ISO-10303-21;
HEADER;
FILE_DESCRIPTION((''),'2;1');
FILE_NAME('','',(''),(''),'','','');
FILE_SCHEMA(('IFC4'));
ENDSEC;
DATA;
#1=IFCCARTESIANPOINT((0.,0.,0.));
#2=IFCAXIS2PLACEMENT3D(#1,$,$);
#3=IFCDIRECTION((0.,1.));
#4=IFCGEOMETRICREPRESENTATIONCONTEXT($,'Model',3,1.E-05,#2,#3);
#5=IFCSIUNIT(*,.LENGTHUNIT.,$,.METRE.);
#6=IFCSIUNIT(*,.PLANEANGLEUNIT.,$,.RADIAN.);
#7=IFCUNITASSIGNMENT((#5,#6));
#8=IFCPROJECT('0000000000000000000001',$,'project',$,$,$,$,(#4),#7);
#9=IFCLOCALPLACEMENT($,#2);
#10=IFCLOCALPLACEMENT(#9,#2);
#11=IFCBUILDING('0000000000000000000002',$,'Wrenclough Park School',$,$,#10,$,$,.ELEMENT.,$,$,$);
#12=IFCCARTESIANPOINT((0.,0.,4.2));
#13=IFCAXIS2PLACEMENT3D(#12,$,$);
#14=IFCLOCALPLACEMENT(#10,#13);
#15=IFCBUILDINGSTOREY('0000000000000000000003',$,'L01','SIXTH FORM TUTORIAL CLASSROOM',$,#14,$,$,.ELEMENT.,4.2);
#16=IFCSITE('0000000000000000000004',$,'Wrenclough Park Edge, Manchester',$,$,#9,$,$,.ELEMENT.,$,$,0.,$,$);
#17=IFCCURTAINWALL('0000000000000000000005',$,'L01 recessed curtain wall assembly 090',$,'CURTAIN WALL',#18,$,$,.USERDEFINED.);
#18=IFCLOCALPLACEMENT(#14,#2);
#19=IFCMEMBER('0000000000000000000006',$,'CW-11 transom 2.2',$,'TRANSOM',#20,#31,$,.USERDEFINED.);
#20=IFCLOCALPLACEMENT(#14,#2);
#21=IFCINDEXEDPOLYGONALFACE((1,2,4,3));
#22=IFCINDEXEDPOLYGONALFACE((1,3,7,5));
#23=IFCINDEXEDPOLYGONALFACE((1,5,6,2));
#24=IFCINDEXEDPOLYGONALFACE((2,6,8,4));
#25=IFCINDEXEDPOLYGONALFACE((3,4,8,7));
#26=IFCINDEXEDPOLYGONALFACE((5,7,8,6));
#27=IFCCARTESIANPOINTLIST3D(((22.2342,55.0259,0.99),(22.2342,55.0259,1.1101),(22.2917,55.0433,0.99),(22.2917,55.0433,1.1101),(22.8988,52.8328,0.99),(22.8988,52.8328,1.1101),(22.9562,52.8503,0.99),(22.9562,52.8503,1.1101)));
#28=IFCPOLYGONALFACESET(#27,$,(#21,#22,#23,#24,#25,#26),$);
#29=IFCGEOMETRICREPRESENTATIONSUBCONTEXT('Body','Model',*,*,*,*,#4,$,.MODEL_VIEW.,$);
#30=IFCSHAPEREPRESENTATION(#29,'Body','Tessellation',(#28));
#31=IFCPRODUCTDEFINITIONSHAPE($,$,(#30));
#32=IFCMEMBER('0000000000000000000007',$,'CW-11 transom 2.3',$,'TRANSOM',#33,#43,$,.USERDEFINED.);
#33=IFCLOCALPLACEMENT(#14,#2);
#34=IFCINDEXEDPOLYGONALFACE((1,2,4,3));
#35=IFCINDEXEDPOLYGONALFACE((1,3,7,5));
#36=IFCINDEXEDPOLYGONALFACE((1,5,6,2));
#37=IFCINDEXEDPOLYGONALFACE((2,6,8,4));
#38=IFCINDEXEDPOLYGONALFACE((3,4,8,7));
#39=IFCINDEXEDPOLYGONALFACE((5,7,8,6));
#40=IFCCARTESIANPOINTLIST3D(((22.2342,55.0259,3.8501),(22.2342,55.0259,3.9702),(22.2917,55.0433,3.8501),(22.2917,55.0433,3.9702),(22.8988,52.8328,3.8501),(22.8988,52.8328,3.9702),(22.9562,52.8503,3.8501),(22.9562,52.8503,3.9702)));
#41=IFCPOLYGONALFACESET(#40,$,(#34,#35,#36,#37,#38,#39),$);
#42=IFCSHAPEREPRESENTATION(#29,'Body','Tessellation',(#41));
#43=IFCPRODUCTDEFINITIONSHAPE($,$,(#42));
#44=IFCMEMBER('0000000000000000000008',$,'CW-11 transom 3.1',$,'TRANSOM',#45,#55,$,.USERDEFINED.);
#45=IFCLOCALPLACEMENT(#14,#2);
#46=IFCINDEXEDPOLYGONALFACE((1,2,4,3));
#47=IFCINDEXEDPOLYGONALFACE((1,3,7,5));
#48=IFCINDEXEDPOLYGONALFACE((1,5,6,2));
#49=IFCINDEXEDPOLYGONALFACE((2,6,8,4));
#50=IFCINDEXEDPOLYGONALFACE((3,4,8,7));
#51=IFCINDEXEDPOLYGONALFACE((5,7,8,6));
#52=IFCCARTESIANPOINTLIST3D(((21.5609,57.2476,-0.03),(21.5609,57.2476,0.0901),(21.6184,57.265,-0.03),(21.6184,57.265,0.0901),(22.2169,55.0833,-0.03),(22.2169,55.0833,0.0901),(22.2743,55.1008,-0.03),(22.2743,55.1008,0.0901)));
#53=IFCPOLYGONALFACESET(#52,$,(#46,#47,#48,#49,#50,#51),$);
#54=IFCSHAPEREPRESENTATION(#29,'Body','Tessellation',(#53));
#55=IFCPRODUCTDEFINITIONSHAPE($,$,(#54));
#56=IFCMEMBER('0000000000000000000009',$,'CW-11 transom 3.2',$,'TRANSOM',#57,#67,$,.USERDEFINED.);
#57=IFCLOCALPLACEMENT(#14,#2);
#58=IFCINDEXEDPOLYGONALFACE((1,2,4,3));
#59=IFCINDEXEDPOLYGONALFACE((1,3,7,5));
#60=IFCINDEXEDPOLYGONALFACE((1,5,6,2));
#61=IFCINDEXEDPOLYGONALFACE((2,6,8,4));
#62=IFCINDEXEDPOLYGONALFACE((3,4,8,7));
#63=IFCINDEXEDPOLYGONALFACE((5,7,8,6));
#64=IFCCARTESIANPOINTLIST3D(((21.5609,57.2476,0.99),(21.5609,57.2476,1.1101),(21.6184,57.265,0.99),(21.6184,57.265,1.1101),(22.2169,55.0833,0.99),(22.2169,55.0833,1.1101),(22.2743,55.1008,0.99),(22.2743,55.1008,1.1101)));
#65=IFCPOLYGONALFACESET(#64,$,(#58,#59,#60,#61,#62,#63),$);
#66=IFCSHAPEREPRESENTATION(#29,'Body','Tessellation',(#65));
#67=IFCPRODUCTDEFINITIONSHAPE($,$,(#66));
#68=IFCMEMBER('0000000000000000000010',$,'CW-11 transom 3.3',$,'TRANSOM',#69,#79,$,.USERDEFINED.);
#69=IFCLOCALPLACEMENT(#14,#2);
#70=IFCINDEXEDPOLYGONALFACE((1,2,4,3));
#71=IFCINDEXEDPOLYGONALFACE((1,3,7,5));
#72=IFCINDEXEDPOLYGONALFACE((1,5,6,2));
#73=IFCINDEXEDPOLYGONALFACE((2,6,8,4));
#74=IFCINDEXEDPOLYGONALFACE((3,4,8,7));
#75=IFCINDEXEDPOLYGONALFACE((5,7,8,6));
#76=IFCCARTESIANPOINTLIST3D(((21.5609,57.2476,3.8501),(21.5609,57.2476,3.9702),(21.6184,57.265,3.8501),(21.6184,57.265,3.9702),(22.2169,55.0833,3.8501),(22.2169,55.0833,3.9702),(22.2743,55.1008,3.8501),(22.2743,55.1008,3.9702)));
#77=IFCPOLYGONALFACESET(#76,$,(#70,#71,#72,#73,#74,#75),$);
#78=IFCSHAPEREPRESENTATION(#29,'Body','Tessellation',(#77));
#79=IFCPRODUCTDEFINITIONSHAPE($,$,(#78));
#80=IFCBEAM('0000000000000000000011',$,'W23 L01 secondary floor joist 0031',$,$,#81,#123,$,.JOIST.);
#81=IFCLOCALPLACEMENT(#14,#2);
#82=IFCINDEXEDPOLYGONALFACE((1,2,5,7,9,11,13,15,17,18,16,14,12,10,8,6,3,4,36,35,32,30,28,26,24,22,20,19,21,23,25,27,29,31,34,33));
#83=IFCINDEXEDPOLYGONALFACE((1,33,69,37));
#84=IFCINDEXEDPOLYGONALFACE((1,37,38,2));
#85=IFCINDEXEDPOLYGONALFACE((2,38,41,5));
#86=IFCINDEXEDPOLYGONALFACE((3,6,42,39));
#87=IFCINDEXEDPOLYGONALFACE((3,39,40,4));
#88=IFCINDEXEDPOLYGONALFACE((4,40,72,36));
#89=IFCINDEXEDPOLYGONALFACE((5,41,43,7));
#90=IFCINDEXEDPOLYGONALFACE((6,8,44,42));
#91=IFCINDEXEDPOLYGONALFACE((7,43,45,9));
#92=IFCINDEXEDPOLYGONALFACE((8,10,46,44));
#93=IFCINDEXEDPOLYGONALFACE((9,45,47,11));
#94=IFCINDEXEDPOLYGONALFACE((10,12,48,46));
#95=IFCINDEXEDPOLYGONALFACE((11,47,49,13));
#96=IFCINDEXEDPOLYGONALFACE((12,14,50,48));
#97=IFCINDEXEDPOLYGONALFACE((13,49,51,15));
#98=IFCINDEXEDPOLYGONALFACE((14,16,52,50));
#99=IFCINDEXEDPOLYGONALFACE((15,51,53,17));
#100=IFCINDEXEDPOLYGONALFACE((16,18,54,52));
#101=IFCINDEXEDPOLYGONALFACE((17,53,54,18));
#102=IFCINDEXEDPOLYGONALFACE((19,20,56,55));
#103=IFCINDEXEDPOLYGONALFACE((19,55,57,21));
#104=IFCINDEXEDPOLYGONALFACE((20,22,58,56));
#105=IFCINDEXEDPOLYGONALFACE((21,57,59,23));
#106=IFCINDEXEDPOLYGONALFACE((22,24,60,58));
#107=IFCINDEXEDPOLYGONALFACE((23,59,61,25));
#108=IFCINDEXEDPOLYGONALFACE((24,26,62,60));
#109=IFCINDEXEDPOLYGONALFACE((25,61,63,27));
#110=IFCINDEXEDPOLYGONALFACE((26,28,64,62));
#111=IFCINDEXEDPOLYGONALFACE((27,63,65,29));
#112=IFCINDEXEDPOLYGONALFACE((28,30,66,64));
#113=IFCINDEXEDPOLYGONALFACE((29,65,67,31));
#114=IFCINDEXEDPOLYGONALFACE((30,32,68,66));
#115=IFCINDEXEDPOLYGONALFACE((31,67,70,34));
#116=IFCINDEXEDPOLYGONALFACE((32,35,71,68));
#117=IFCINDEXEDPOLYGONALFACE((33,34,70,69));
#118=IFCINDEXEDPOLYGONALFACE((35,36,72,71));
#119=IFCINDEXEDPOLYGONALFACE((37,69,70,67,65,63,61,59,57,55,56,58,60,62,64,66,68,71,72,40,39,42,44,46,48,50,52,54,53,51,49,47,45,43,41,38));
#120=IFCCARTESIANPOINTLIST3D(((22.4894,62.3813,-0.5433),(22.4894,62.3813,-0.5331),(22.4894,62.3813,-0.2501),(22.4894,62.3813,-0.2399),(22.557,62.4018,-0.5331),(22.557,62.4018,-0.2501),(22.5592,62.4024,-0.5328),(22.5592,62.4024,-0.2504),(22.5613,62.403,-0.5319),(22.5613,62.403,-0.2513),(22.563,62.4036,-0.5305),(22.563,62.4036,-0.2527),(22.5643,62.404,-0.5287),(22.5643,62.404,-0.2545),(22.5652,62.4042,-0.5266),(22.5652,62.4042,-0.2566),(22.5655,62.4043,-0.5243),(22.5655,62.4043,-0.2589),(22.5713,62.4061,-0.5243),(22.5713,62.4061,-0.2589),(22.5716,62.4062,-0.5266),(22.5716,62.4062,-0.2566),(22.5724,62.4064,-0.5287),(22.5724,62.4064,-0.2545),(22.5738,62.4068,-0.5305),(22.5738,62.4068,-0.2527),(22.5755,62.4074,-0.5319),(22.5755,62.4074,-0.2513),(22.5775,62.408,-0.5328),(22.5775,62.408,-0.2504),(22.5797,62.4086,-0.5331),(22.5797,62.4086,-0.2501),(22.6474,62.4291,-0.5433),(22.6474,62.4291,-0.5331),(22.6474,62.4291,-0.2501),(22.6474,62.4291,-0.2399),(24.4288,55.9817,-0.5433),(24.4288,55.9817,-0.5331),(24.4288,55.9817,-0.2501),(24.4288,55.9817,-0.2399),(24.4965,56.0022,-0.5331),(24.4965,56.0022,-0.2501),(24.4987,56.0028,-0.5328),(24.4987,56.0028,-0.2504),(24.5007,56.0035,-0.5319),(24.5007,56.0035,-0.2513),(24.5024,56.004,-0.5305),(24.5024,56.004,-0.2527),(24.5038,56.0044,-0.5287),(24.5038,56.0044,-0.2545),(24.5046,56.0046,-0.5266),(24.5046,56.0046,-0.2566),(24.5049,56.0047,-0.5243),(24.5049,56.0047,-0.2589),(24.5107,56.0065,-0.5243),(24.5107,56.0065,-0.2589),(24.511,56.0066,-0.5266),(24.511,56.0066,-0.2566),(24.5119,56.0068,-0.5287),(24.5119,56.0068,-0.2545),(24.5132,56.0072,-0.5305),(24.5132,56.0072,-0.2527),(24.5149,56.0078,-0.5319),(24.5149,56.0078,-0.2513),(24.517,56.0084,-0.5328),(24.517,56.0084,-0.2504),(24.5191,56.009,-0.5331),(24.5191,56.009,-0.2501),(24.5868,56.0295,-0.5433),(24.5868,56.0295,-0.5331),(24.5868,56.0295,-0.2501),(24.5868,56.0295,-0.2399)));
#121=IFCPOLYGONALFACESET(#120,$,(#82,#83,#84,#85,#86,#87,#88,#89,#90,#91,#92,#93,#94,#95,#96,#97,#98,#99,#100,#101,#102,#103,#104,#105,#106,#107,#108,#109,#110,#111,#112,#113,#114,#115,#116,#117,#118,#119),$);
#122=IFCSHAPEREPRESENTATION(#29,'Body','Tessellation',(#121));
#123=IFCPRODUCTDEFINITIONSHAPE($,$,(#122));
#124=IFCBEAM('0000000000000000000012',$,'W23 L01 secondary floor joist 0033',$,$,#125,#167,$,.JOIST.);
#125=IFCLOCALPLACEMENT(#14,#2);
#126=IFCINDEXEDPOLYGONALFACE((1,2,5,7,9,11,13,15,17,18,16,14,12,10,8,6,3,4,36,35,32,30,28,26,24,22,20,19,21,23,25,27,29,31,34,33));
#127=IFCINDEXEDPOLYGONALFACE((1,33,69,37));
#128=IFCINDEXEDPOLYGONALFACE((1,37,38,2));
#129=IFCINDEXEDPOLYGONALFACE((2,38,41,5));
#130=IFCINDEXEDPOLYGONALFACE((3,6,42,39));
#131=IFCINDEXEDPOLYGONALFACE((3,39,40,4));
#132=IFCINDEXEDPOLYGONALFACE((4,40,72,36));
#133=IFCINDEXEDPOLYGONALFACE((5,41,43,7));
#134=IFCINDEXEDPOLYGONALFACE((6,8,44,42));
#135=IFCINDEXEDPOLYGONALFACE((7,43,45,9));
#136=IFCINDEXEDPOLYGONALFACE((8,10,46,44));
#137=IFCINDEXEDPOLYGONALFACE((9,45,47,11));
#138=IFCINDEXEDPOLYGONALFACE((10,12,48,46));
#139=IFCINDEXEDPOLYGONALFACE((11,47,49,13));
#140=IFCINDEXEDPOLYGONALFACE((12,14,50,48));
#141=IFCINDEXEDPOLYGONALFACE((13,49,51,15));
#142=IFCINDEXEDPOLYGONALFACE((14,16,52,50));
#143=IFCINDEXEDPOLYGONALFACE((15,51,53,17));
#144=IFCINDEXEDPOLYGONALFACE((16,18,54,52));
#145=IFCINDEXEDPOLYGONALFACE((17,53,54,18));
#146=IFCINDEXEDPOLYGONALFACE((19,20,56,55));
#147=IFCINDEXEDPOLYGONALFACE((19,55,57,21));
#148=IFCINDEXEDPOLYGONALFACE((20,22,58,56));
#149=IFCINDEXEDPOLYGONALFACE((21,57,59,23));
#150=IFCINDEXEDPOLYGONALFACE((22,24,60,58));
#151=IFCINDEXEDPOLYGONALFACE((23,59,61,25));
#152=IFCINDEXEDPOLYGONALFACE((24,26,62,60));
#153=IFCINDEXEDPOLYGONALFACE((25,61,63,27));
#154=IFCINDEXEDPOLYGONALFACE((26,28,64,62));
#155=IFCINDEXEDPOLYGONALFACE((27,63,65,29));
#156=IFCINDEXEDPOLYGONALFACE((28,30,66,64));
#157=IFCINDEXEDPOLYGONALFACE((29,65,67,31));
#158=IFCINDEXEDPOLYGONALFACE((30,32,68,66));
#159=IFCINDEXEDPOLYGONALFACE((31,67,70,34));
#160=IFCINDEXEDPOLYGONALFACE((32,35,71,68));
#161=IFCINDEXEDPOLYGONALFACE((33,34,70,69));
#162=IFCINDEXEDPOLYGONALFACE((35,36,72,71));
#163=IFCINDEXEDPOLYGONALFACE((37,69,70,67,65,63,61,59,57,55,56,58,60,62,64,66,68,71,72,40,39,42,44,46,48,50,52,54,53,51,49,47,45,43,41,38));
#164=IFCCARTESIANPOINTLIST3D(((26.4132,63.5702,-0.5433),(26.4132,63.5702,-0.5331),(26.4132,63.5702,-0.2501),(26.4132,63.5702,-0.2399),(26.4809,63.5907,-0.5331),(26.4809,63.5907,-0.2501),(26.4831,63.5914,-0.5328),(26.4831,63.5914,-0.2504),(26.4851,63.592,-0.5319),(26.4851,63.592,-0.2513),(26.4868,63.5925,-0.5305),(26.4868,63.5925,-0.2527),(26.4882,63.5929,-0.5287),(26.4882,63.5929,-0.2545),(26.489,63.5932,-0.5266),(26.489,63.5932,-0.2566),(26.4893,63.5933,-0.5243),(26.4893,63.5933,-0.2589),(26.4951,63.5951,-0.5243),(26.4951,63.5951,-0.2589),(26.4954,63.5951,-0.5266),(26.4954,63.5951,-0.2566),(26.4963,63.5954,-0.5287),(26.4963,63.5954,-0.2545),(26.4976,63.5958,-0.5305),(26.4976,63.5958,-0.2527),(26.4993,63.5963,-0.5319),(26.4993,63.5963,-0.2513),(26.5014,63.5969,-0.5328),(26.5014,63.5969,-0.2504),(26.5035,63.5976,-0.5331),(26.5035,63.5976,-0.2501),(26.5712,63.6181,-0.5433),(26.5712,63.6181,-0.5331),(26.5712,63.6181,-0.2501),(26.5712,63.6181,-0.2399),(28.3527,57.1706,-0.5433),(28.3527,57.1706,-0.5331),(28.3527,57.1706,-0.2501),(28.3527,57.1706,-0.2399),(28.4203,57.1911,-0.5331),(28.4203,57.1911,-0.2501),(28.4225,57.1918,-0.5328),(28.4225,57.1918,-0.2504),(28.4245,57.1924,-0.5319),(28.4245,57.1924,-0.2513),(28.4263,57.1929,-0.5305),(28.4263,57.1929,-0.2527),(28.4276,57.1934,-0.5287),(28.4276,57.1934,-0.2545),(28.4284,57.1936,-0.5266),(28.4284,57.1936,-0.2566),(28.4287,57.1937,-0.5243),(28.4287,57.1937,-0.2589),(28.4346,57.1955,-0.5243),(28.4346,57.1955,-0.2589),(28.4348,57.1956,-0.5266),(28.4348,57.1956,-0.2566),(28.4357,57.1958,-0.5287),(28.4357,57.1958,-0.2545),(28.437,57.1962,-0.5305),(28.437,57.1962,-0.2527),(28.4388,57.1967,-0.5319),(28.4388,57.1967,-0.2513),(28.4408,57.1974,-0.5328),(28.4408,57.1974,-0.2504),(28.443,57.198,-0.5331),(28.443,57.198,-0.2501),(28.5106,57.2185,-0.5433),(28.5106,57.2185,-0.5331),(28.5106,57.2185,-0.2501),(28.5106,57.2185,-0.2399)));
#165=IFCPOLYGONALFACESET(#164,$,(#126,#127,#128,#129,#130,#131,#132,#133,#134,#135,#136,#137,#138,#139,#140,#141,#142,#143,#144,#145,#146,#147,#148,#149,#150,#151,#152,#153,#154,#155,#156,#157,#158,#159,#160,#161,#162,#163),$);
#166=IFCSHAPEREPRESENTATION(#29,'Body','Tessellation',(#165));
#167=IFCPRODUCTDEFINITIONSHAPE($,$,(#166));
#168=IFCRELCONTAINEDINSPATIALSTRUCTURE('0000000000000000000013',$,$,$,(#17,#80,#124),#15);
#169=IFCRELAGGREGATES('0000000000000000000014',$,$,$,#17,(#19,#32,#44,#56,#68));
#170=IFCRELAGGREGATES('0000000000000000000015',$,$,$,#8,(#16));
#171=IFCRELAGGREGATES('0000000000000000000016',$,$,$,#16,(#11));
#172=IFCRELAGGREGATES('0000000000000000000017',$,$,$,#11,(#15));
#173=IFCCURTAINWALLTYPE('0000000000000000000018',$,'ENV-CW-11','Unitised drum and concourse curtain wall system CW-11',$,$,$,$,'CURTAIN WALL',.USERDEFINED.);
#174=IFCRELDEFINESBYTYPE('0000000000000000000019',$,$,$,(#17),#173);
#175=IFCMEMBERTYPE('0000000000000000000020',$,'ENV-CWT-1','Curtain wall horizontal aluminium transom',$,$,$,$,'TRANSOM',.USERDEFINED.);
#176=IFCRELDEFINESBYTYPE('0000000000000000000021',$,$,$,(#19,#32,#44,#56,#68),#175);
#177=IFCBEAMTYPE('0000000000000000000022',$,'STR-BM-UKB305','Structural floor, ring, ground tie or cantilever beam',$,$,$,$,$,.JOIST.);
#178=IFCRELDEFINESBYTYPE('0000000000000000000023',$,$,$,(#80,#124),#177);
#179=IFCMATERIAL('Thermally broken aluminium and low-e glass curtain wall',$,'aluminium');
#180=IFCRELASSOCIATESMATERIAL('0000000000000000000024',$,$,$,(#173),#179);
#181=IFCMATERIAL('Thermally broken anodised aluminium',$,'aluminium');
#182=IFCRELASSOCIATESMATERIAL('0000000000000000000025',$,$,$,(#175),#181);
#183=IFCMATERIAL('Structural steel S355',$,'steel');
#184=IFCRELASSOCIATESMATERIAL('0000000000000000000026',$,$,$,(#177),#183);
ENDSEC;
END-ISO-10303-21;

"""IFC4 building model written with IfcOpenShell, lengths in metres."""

from ifc_helpers import new_model, si_unit, direction, frame, origin, origin_2d, place, context, subcontext, project, spatial, rectangle, i_section, extrude, material, material_profile, profile_set, type_object, element, aggregate, save


model = new_model("IFC4")

# Units and contexts
model_context = context("Model", 3, precision=1e-05, world=origin(), true_north=direction((0.0, 1.0)))
body_context = subcontext(model_context, "Body", "Model", "MODEL_VIEW")
ifc_project = project(units=[si_unit("LENGTHUNIT", "METRE"), si_unit("PLANEANGLEUNIT", "RADIAN")], contexts=[model_context])

# Site, building, storey
site_placement = place(None, origin())
site = spatial("IfcSite", under=ifc_project, at=site_placement, Name="Wrenclough Park Edge, Manchester", CompositionType="ELEMENT", RefElevation=0.0)
building_placement = place(site_placement, origin())
building = spatial("IfcBuilding", under=site, at=building_placement, Name="Wrenclough Park School", CompositionType="ELEMENT")
storey_placement = place(building_placement, frame((0.0, 0.0, 4.2)))
storey = spatial("IfcBuildingStorey", under=building, at=storey_placement, Name="L01", Description="SIXTH FORM TUTORIAL CLASSROOM", CompositionType="ELEMENT", Elevation=4.2)

# Shared definitions
ifc_material_1 = material(Name="Structural steel S355", Category="steel")

# Curtain wall
ifc_material_2 = material(Name="Thermally broken aluminium and low-e glass curtain wall", Category="aluminium")
curtain_wall_type_1 = type_object("IfcCurtainWallType", Name="ENV-CW-11", Description="Unitised drum and concourse curtain wall system CW-11", ElementType="CURTAIN WALL", PredefinedType="USERDEFINED", material=ifc_material_2)
curtain_wall_1_placement = place(storey_placement, origin())
curtain_wall_1 = element("IfcCurtainWall", 1, at=curtain_wall_1_placement, inside=storey, type_object=curtain_wall_type_1, Name="L01 recessed curtain wall assembly 090", ObjectType="CURTAIN WALL", PredefinedType="USERDEFINED")
ifc_material_3 = material(Name="Thermally broken anodised aluminium", Category="aluminium")

# Members
ifc_material_profile_1 = material_profile(ifc_material_3, rectangle(XDim=0.0601, YDim=0.1201, at=origin_2d()), Name="AL TRANSOM 60x120")
ifc_profile_set_1 = profile_set([ifc_material_profile_1], Name="Thermally broken anodised aluminium")
member_type_1 = type_object("IfcMemberType", Name="ENV-CWT-1", Description="Curtain wall horizontal aluminium transom", ElementType="TRANSOM", PredefinedType="USERDEFINED", material=ifc_profile_set_1)
member_1_placement = place(storey_placement, frame((22.9275, 52.8416, 1.05), z_axis=(-0.289996, 0.957028, 0.0), x_axis=(-0.957028, -0.289996, 0.0)))
member_1 = element("IfcMember", 2, at=member_1_placement, type_object=member_type_1, Name="CW-11 transom 2.2", ObjectType="TRANSOM", PredefinedType="USERDEFINED", context=body_context, shape_type="SweptSolid", body=[
    extrude(rectangle(XDim=0.0601, YDim=0.1201, at=origin_2d()), origin(), (0.0, 0.0, 1.0), 2.2915),
])
member_2_placement = place(storey_placement, frame((22.9275, 52.8416, 3.9102), z_axis=(-0.289996, 0.957028, 0.0), x_axis=(-0.957028, -0.289996, 0.0)))
member_2 = element("IfcMember", 3, at=member_2_placement, type_object=member_type_1, Name="CW-11 transom 2.3", ObjectType="TRANSOM", PredefinedType="USERDEFINED", context=body_context, shape_type="SweptSolid", body=[
    extrude(rectangle(XDim=0.0601, YDim=0.1201, at=origin_2d()), origin(), (0.0, 0.0, 1.0), 2.2915),
])
member_3_placement = place(storey_placement, frame((22.2456, 55.092, 0.03), z_axis=(-0.29007, 0.957005, 0.0), x_axis=(-0.957005, -0.29007, 0.0)))
member_3 = element("IfcMember", 4, at=member_3_placement, type_object=member_type_1, Name="CW-11 transom 3.1", ObjectType="TRANSOM", PredefinedType="USERDEFINED", context=body_context, shape_type="SweptSolid", body=[
    extrude(rectangle(XDim=0.0601, YDim=0.1201, at=origin_2d()), origin(), (0.0, 0.0, 1.0), 2.2615),
])
member_4_placement = place(storey_placement, frame((22.2456, 55.092, 1.05), z_axis=(-0.29007, 0.957005, 0.0), x_axis=(-0.957005, -0.29007, 0.0)))
member_4 = element("IfcMember", 5, at=member_4_placement, type_object=member_type_1, Name="CW-11 transom 3.2", ObjectType="TRANSOM", PredefinedType="USERDEFINED", context=body_context, shape_type="SweptSolid", body=[
    extrude(rectangle(XDim=0.0601, YDim=0.1201, at=origin_2d()), origin(), (0.0, 0.0, 1.0), 2.2615),
])
member_5_placement = place(storey_placement, frame((22.2456, 55.092, 3.9102), z_axis=(-0.29007, 0.957005, 0.0), x_axis=(-0.957005, -0.29007, 0.0)))
member_5 = element("IfcMember", 6, at=member_5_placement, type_object=member_type_1, Name="CW-11 transom 3.3", ObjectType="TRANSOM", PredefinedType="USERDEFINED", context=body_context, shape_type="SweptSolid", body=[
    extrude(rectangle(XDim=0.0601, YDim=0.1201, at=origin_2d()), origin(), (0.0, 0.0, 1.0), 2.2615),
])

# Beams
ifc_material_profile_2 = material_profile(ifc_material_1, i_section(OverallWidth=0.165, OverallDepth=0.3035, WebThickness=0.0061, FlangeThickness=0.0103, FilletRadius=0.0088, at=origin_2d()), Name="UKB 305x165x40")
ifc_profile_set_2 = profile_set([ifc_material_profile_2], Name="Structural steel S355")
beam_type_1 = type_object("IfcBeamType", Name="STR-BM-UKB305", Description="Structural floor, ring, ground tie or cantilever beam", PredefinedType="JOIST", material=ifc_profile_set_2)
for number, where, z_axis, x_axis, name in (
    (7, (24.5078, 56.0056, -0.3916), (-0.29003, 0.957018, 0.0), (-0.957018, -0.29003, 0.0), "W23 L01 secondary floor joist 0031"),
    (8, (28.4316, 57.1946, -0.3916), (-0.29003, 0.957018, 0.0), (-0.957018, -0.29003, 0.0), "W23 L01 secondary floor joist 0033"),
):
    element("IfcBeam", number, at=place(storey_placement, frame(where, z_axis=z_axis, x_axis=x_axis)), inside=storey, type_object=beam_type_1, Name=name, PredefinedType="JOIST", context=body_context, shape_type="SweptSolid", body=[
        extrude(i_section(OverallWidth=0.165, OverallDepth=0.3035, WebThickness=0.0061, FlangeThickness=0.0103, FilletRadius=0.0088, at=origin_2d()), origin(), (0.0, 0.0, 1.0), 6.687),
    ])

aggregate(curtain_wall_1, [member_1, member_2, member_3, member_4, member_5])

save(model, "model.ifc")
